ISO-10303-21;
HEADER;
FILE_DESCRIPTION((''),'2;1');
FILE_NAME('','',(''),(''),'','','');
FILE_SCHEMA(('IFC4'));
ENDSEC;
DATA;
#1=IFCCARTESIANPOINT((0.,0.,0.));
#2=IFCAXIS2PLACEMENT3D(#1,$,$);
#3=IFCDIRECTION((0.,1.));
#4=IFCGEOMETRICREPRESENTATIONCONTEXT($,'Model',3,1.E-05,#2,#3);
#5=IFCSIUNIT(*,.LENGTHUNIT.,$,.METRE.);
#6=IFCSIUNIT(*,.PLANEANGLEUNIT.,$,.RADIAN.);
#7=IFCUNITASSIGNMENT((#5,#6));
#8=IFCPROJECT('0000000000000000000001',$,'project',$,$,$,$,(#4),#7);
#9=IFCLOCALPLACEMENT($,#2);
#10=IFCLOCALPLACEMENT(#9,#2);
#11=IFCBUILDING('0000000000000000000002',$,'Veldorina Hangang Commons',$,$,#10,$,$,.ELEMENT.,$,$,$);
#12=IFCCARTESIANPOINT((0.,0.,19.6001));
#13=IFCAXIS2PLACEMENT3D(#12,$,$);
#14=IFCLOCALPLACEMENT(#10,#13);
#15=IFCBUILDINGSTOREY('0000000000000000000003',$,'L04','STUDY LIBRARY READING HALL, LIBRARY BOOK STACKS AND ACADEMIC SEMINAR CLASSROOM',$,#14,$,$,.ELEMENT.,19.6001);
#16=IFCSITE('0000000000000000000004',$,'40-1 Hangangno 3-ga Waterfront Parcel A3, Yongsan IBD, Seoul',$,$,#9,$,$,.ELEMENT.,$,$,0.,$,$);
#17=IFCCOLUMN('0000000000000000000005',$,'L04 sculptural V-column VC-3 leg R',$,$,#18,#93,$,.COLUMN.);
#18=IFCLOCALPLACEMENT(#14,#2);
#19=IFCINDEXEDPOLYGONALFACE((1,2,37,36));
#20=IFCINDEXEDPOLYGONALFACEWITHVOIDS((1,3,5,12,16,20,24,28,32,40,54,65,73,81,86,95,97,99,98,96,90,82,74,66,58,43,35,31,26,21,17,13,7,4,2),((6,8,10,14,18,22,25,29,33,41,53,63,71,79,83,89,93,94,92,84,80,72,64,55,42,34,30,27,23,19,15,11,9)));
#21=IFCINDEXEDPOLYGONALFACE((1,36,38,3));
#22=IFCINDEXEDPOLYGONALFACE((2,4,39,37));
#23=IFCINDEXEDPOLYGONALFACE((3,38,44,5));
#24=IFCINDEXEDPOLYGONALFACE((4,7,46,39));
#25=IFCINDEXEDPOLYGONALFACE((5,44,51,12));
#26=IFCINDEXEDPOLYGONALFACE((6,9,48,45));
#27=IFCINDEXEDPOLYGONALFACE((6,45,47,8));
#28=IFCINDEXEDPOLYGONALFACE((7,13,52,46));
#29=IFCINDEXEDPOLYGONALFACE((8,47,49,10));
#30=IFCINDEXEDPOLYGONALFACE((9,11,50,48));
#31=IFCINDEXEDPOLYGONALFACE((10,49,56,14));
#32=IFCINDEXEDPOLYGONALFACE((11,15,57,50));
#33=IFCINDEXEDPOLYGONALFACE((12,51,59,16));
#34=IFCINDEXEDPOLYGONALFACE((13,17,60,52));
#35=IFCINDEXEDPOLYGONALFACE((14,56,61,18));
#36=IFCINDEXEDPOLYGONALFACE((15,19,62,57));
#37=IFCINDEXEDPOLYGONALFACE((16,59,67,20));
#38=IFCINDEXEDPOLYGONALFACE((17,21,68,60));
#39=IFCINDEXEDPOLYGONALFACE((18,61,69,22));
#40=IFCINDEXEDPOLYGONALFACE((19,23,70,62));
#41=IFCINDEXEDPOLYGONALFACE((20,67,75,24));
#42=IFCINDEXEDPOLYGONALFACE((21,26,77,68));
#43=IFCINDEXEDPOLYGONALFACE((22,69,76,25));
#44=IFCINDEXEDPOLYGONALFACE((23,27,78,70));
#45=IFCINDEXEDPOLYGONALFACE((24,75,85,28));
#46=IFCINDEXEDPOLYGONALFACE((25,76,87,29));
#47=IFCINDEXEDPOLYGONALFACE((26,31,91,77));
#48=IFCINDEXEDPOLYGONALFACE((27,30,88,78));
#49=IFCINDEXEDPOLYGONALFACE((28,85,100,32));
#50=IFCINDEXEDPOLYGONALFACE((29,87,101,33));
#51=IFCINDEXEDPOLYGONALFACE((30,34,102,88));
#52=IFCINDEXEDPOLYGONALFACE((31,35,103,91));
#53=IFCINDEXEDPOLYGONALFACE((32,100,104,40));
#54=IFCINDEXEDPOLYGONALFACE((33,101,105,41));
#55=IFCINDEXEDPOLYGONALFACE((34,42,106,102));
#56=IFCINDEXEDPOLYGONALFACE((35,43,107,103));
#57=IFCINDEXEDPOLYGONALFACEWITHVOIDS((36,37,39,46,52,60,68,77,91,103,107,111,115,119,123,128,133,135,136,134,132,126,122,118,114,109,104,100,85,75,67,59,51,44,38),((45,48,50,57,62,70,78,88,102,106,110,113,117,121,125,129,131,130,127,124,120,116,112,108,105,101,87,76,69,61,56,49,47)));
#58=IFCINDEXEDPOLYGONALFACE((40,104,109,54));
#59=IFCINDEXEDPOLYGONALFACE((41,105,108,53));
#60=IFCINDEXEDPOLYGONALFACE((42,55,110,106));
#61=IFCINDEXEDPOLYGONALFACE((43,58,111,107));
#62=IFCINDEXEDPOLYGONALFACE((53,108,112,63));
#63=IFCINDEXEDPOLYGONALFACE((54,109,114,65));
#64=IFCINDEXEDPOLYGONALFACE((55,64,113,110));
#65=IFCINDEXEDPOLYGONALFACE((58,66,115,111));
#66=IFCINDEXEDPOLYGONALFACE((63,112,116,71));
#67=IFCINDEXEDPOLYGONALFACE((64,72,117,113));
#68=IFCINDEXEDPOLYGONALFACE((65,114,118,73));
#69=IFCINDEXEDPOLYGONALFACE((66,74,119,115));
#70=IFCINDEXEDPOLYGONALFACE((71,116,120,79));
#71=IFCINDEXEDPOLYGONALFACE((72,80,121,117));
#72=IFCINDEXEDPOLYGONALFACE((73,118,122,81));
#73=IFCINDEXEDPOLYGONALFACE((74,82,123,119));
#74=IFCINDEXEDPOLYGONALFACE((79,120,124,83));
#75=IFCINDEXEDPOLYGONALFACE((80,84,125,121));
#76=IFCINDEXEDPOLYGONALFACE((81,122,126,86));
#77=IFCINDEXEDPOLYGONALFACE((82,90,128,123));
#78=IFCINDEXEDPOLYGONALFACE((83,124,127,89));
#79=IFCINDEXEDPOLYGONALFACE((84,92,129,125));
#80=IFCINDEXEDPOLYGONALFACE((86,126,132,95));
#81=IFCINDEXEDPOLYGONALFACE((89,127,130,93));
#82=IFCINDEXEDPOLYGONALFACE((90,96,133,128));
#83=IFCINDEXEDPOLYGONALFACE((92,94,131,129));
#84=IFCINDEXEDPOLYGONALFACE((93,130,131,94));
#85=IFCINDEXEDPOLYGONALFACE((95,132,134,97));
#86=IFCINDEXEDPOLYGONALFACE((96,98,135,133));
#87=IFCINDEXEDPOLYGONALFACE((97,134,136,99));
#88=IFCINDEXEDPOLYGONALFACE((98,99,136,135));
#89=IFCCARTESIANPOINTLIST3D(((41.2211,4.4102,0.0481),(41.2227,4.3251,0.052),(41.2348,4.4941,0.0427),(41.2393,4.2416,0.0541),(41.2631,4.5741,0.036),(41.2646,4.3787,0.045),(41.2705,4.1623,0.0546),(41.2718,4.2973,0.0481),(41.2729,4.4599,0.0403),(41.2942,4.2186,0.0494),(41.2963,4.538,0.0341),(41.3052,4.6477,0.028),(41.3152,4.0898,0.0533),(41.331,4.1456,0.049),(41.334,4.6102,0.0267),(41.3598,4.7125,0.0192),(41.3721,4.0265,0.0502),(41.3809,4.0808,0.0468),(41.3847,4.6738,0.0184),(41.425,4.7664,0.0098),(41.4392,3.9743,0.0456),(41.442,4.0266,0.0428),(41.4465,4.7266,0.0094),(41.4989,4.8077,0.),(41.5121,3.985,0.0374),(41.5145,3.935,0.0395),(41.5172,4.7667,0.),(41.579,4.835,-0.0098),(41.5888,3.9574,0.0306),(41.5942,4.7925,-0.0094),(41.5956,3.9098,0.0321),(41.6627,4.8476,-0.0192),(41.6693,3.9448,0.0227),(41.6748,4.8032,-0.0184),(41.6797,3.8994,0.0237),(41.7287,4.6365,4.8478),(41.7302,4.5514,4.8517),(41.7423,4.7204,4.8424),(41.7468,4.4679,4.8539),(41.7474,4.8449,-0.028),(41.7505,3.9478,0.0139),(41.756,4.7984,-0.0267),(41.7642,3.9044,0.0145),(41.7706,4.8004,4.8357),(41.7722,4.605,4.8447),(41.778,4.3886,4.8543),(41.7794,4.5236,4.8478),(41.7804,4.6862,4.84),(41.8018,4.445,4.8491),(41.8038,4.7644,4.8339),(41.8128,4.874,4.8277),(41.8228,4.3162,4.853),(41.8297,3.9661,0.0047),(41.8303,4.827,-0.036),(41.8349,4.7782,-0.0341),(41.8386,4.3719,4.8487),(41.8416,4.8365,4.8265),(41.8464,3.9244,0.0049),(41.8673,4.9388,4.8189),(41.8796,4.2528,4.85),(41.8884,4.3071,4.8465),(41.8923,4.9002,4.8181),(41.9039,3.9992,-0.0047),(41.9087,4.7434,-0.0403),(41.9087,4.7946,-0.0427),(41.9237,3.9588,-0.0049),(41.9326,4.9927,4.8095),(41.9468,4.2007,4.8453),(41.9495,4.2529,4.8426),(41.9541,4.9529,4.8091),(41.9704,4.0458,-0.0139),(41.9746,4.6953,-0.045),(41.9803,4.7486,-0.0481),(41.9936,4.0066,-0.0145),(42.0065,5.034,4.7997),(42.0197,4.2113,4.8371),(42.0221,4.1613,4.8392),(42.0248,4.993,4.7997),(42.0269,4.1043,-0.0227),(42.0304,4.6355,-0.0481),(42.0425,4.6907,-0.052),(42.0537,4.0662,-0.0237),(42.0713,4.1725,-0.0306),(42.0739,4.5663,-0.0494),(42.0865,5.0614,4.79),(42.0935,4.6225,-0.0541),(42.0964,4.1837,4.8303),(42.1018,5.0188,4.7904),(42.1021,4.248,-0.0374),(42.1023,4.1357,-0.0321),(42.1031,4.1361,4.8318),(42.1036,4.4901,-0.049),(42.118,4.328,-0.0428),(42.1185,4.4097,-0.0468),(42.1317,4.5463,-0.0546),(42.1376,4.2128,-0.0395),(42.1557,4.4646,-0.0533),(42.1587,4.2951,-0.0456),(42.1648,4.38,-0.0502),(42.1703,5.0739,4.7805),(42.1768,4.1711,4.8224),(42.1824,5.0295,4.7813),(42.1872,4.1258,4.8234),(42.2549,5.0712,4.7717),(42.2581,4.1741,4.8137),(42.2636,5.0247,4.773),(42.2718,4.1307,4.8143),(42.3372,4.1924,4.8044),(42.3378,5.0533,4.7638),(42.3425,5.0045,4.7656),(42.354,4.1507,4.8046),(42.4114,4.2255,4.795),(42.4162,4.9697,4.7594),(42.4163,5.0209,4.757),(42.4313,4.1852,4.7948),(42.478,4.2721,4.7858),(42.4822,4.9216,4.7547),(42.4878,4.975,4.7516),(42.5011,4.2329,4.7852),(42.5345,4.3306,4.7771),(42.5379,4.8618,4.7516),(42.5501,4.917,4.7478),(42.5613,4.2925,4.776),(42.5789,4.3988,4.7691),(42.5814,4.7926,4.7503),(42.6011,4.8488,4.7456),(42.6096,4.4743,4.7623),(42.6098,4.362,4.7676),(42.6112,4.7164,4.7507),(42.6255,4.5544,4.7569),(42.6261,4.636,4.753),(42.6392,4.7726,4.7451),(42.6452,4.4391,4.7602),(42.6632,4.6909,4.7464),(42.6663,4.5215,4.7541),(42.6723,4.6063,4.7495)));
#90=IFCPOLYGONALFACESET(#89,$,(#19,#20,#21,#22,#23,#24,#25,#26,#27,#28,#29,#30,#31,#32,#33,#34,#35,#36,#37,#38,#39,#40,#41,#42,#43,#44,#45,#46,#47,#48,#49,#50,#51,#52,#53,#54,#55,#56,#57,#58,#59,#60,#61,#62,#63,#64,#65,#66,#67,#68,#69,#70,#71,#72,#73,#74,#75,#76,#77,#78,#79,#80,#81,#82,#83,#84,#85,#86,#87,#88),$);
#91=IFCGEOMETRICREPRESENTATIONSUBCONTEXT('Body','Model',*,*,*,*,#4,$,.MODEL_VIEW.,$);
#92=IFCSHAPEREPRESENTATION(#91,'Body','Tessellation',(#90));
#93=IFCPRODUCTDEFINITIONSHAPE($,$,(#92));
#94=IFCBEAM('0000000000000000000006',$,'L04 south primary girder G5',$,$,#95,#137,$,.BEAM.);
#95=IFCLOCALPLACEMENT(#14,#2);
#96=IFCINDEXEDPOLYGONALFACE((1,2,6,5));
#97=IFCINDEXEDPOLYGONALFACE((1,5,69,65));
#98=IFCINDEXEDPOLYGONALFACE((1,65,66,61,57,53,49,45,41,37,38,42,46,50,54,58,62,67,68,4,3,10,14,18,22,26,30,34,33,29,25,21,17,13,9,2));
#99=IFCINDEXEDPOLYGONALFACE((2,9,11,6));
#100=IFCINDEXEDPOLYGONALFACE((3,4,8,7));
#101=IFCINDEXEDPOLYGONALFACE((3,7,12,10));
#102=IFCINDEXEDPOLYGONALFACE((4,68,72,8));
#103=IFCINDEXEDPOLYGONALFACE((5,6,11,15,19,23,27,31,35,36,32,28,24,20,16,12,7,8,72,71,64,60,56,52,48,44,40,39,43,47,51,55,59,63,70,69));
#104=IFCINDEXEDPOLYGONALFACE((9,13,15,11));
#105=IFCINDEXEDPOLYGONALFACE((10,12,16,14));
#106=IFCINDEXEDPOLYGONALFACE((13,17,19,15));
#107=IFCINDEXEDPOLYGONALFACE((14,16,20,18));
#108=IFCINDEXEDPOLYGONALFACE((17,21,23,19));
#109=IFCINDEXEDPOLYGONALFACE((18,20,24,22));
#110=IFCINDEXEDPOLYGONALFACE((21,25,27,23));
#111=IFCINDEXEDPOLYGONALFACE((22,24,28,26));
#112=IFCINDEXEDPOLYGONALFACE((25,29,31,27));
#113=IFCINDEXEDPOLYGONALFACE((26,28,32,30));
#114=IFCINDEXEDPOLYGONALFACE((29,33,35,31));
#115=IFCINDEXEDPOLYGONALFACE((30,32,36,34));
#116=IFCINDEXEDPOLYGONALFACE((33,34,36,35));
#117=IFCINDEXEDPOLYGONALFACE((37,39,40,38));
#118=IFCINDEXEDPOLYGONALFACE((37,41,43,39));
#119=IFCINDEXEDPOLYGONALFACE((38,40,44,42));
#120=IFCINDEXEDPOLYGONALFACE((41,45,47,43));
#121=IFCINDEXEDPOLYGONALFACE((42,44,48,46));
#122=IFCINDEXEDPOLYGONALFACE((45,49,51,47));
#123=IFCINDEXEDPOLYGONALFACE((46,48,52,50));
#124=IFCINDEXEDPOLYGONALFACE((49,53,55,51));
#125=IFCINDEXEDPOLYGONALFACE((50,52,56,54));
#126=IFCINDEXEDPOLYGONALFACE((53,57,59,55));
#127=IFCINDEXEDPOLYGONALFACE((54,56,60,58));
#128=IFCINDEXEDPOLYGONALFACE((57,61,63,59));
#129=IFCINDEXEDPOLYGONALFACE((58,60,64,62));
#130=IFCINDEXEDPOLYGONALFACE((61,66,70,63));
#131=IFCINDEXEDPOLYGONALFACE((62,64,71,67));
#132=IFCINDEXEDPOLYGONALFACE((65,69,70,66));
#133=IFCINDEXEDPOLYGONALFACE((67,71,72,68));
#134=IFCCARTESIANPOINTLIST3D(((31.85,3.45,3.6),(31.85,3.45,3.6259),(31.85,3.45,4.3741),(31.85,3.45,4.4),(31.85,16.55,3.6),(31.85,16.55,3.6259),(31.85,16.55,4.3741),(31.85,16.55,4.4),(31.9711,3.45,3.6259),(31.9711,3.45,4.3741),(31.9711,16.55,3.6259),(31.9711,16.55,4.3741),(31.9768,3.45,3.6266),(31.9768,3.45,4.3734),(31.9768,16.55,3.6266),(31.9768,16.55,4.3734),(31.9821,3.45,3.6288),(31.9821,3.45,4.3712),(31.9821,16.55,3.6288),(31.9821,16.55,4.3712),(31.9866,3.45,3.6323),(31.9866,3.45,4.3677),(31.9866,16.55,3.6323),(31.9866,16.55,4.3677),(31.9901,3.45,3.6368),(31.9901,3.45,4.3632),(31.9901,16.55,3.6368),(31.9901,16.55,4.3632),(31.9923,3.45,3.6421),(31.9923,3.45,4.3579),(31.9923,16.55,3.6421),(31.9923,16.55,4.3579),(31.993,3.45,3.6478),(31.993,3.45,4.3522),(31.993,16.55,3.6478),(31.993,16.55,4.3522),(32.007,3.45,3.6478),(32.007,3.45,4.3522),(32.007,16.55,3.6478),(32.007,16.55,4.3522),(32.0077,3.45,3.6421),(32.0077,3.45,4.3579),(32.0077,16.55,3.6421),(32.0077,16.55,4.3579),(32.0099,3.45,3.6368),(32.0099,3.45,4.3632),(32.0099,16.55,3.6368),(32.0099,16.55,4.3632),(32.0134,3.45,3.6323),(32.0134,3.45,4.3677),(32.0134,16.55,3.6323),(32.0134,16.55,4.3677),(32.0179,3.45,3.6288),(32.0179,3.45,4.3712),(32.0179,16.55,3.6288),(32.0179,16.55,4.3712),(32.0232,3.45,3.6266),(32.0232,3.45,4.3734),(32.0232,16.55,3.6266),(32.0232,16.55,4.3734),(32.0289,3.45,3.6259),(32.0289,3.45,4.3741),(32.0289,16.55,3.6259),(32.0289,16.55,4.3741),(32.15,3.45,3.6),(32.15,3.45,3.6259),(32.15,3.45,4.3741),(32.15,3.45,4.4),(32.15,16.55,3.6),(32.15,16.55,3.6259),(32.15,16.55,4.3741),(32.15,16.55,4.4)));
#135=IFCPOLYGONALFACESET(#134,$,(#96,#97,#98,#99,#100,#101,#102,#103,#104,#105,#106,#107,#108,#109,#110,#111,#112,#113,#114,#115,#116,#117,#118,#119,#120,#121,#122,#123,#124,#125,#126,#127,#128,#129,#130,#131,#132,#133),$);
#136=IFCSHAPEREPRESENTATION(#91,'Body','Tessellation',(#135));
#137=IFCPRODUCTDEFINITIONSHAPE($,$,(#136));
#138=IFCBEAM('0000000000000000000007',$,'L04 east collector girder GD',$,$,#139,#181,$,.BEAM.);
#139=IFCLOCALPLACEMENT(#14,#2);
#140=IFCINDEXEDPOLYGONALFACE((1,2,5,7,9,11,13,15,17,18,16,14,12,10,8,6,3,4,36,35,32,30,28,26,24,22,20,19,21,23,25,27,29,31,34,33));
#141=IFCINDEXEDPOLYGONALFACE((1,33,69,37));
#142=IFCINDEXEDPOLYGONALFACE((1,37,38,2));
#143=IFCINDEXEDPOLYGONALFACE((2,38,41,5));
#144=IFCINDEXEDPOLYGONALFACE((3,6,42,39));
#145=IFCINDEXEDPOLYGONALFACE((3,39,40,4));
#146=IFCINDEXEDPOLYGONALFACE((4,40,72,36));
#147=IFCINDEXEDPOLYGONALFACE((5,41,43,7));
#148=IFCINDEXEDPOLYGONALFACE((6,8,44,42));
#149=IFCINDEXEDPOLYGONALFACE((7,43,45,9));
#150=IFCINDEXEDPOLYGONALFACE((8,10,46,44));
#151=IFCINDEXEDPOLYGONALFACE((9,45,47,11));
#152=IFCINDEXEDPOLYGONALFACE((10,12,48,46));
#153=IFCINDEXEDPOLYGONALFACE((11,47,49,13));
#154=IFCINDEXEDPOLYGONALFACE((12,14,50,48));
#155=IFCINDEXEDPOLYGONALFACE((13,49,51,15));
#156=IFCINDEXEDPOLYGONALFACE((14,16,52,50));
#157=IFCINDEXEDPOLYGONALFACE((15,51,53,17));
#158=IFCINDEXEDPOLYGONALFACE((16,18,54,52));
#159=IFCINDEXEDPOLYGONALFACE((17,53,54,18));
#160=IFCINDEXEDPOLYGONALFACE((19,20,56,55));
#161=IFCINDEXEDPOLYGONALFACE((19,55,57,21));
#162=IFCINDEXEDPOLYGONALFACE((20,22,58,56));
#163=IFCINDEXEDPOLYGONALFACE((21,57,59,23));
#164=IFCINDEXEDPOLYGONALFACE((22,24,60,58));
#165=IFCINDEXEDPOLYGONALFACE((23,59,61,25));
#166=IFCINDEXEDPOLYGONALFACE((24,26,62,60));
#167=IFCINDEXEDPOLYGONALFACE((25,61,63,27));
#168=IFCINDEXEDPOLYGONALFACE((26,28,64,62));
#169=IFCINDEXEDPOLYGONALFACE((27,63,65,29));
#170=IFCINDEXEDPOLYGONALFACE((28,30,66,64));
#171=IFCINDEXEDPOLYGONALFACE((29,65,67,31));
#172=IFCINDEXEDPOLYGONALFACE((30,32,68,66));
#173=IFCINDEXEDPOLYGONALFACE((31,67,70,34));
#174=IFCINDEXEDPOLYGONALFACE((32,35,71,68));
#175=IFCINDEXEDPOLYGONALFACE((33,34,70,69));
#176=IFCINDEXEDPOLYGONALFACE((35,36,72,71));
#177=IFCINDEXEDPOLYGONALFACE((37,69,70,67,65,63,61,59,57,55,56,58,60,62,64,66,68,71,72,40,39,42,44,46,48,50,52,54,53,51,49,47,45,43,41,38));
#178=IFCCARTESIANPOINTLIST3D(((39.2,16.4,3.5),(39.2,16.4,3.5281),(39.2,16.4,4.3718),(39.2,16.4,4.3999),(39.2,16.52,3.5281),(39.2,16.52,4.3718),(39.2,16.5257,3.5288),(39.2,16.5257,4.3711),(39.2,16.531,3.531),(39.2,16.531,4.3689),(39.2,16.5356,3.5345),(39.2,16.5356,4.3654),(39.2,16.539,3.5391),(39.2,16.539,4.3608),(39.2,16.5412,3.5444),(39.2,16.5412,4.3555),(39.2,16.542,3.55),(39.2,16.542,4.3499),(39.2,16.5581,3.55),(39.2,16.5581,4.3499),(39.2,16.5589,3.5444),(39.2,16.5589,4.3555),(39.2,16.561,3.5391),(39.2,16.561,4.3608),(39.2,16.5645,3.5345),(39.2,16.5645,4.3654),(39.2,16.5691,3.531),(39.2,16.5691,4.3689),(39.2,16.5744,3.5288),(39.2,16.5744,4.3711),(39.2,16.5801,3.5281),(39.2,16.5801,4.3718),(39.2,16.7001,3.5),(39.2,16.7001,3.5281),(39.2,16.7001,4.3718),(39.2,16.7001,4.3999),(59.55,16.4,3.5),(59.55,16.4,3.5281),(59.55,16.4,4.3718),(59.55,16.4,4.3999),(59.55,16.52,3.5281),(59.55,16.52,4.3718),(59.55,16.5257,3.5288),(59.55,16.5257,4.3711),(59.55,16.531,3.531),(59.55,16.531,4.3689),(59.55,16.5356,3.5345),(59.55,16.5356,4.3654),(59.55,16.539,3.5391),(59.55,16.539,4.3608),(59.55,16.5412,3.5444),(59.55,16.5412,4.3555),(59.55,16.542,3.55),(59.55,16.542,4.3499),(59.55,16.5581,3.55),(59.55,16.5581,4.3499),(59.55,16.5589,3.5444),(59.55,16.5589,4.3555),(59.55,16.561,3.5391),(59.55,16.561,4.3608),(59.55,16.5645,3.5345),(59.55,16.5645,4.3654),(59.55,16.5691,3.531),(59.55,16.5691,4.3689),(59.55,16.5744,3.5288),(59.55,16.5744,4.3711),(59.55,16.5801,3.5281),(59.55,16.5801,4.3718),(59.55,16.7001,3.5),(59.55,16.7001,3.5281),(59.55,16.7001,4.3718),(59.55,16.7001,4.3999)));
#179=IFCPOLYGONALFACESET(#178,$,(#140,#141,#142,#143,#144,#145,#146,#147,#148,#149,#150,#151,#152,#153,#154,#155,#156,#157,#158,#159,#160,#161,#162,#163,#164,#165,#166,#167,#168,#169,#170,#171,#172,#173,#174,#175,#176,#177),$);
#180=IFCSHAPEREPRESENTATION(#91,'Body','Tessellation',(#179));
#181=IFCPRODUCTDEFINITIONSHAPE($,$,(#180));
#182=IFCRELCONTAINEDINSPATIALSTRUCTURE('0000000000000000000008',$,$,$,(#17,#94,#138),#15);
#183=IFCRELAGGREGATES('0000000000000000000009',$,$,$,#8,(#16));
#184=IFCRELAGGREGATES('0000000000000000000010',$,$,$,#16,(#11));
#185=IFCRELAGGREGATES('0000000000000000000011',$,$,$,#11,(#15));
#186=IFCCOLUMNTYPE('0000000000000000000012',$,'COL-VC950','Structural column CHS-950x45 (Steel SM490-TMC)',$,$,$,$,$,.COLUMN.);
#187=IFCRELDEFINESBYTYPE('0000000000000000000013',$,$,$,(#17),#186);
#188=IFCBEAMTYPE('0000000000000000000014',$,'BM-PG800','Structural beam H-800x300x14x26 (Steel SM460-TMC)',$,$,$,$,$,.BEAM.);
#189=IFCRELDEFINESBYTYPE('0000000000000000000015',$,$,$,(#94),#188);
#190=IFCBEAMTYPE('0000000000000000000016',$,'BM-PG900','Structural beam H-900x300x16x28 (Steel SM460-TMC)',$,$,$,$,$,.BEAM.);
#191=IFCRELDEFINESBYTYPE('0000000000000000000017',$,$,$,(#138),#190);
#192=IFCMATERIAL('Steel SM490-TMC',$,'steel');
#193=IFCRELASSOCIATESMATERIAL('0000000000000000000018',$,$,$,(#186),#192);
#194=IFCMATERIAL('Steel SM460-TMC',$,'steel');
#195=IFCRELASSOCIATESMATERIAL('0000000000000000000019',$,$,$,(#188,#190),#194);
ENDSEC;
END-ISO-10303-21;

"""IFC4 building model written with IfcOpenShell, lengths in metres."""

from ifc_helpers import new_model, si_unit, direction, frame, origin, origin_2d, place, context, subcontext, project, spatial, hollow_circle, i_section, extrude, material, material_profile, profile_set, type_object, element, save


model = new_model("IFC4")

# Units and contexts
model_context = context("Model", 3, precision=1e-05, world=origin(), true_north=direction((0.0, 1.0)))
body_context = subcontext(model_context, "Body", "Model", "MODEL_VIEW")
ifc_project = project(units=[si_unit("LENGTHUNIT", "METRE"), si_unit("PLANEANGLEUNIT", "RADIAN")], contexts=[model_context])

# Site, building, storey
site_placement = place(None, origin())
site = spatial("IfcSite", under=ifc_project, at=site_placement, Name="40-1 Hangangno 3-ga Waterfront Parcel A3, Yongsan IBD, Seoul", CompositionType="ELEMENT", RefElevation=0.0)
building_placement = place(site_placement, origin())
building = spatial("IfcBuilding", under=site, at=building_placement, Name="Veldorina Hangang Commons", CompositionType="ELEMENT")
storey_placement = place(building_placement, frame((0.0, 0.0, 19.6001)))
storey = spatial("IfcBuildingStorey", under=building, at=storey_placement, Name="L04", Description="STUDY LIBRARY READING HALL, LIBRARY BOOK STACKS AND ACADEMIC SEMINAR CLASSROOM", CompositionType="ELEMENT", Elevation=19.6001)

# Column
ifc_material_1 = material(Name="Steel SM490-TMC", Category="steel")
ifc_material_profile_1 = material_profile(ifc_material_1, hollow_circle(Radius=0.4751, WallThickness=0.0449, at=origin_2d()), Name="CHS-950x45")
ifc_profile_set_1 = profile_set([ifc_material_profile_1], Name="Steel SM490-TMC")
column_type_1 = type_object("IfcColumnType", Name="COL-VC950", Description="Structural column CHS-950x45 (Steel SM490-TMC)", PredefinedType="COLUMN", material=ifc_profile_set_1)
for number, where, z_axis, x_axis, name in (
    (1, (41.6924, 4.3738, 0.0), (0.105046, 0.046839, 0.993364), (-0.407239, 0.913322, 0.0), "L04 sculptural V-column VC-3 leg R"),
):
    element("IfcColumn", number, at=place(storey_placement, frame(where, z_axis=z_axis, x_axis=x_axis)), inside=storey, type_object=column_type_1, Name=name, PredefinedType="COLUMN", context=body_context, shape_type="SweptSolid", body=[
        extrude(hollow_circle(Radius=0.4751, WallThickness=0.0449, at=origin_2d()), origin(), (0.0, 0.0, 1.0), 4.8318),
    ])

# Beams
ifc_material_2 = material(Name="Steel SM460-TMC", Category="steel")
ifc_material_profile_2 = material_profile(ifc_material_2, i_section(OverallWidth=0.3, OverallDepth=0.8, WebThickness=0.0139, FlangeThickness=0.0259, FilletRadius=0.022, at=origin_2d()), Name="H-800x300x14x26")
ifc_profile_set_2 = profile_set([ifc_material_profile_2], Name="Steel SM460-TMC")
beam_type_1 = type_object("IfcBeamType", Name="BM-PG800", Description="Structural beam H-800x300x14x26 (Steel SM460-TMC)", PredefinedType="BEAM", material=ifc_profile_set_2)
beam_1_placement = place(storey_placement, frame((32.0, 3.45, 4.0), z_axis=(0.0, 1.0, 0.0), x_axis=(-1.0, 0.0, 0.0)))
element("IfcBeam", 2, at=beam_1_placement, inside=storey, type_object=beam_type_1, Name="L04 south primary girder G5", PredefinedType="BEAM", context=body_context, shape_type="SweptSolid", body=[
    extrude(i_section(OverallWidth=0.3, OverallDepth=0.8, WebThickness=0.0139, FlangeThickness=0.0259, FilletRadius=0.022, at=origin_2d()), origin(), (0.0, 0.0, 1.0), 13.1001),
])
ifc_material_profile_3 = material_profile(ifc_material_2, i_section(OverallWidth=0.3, OverallDepth=0.8999, WebThickness=0.0161, FlangeThickness=0.0281, FilletRadius=0.022, at=origin_2d()), Name="H-900x300x16x28")
ifc_profile_set_3 = profile_set([ifc_material_profile_3], Name="Steel SM460-TMC")
beam_type_2 = type_object("IfcBeamType", Name="BM-PG900", Description="Structural beam H-900x300x16x28 (Steel SM460-TMC)", PredefinedType="BEAM", material=ifc_profile_set_3)
beam_2_placement = place(storey_placement, frame((39.2, 16.55, 3.95), z_axis=(1.0, 0.0, 0.0), x_axis=(0.0, 1.0, 0.0)))
element("IfcBeam", 3, at=beam_2_placement, inside=storey, type_object=beam_type_2, Name="L04 east collector girder GD", PredefinedType="BEAM", context=body_context, shape_type="SweptSolid", body=[
    extrude(i_section(OverallWidth=0.3, OverallDepth=0.8999, WebThickness=0.0161, FlangeThickness=0.0281, FilletRadius=0.022, at=origin_2d()), origin(), (0.0, 0.0, 1.0), 20.3501),
])

save(model, "model.ifc")
